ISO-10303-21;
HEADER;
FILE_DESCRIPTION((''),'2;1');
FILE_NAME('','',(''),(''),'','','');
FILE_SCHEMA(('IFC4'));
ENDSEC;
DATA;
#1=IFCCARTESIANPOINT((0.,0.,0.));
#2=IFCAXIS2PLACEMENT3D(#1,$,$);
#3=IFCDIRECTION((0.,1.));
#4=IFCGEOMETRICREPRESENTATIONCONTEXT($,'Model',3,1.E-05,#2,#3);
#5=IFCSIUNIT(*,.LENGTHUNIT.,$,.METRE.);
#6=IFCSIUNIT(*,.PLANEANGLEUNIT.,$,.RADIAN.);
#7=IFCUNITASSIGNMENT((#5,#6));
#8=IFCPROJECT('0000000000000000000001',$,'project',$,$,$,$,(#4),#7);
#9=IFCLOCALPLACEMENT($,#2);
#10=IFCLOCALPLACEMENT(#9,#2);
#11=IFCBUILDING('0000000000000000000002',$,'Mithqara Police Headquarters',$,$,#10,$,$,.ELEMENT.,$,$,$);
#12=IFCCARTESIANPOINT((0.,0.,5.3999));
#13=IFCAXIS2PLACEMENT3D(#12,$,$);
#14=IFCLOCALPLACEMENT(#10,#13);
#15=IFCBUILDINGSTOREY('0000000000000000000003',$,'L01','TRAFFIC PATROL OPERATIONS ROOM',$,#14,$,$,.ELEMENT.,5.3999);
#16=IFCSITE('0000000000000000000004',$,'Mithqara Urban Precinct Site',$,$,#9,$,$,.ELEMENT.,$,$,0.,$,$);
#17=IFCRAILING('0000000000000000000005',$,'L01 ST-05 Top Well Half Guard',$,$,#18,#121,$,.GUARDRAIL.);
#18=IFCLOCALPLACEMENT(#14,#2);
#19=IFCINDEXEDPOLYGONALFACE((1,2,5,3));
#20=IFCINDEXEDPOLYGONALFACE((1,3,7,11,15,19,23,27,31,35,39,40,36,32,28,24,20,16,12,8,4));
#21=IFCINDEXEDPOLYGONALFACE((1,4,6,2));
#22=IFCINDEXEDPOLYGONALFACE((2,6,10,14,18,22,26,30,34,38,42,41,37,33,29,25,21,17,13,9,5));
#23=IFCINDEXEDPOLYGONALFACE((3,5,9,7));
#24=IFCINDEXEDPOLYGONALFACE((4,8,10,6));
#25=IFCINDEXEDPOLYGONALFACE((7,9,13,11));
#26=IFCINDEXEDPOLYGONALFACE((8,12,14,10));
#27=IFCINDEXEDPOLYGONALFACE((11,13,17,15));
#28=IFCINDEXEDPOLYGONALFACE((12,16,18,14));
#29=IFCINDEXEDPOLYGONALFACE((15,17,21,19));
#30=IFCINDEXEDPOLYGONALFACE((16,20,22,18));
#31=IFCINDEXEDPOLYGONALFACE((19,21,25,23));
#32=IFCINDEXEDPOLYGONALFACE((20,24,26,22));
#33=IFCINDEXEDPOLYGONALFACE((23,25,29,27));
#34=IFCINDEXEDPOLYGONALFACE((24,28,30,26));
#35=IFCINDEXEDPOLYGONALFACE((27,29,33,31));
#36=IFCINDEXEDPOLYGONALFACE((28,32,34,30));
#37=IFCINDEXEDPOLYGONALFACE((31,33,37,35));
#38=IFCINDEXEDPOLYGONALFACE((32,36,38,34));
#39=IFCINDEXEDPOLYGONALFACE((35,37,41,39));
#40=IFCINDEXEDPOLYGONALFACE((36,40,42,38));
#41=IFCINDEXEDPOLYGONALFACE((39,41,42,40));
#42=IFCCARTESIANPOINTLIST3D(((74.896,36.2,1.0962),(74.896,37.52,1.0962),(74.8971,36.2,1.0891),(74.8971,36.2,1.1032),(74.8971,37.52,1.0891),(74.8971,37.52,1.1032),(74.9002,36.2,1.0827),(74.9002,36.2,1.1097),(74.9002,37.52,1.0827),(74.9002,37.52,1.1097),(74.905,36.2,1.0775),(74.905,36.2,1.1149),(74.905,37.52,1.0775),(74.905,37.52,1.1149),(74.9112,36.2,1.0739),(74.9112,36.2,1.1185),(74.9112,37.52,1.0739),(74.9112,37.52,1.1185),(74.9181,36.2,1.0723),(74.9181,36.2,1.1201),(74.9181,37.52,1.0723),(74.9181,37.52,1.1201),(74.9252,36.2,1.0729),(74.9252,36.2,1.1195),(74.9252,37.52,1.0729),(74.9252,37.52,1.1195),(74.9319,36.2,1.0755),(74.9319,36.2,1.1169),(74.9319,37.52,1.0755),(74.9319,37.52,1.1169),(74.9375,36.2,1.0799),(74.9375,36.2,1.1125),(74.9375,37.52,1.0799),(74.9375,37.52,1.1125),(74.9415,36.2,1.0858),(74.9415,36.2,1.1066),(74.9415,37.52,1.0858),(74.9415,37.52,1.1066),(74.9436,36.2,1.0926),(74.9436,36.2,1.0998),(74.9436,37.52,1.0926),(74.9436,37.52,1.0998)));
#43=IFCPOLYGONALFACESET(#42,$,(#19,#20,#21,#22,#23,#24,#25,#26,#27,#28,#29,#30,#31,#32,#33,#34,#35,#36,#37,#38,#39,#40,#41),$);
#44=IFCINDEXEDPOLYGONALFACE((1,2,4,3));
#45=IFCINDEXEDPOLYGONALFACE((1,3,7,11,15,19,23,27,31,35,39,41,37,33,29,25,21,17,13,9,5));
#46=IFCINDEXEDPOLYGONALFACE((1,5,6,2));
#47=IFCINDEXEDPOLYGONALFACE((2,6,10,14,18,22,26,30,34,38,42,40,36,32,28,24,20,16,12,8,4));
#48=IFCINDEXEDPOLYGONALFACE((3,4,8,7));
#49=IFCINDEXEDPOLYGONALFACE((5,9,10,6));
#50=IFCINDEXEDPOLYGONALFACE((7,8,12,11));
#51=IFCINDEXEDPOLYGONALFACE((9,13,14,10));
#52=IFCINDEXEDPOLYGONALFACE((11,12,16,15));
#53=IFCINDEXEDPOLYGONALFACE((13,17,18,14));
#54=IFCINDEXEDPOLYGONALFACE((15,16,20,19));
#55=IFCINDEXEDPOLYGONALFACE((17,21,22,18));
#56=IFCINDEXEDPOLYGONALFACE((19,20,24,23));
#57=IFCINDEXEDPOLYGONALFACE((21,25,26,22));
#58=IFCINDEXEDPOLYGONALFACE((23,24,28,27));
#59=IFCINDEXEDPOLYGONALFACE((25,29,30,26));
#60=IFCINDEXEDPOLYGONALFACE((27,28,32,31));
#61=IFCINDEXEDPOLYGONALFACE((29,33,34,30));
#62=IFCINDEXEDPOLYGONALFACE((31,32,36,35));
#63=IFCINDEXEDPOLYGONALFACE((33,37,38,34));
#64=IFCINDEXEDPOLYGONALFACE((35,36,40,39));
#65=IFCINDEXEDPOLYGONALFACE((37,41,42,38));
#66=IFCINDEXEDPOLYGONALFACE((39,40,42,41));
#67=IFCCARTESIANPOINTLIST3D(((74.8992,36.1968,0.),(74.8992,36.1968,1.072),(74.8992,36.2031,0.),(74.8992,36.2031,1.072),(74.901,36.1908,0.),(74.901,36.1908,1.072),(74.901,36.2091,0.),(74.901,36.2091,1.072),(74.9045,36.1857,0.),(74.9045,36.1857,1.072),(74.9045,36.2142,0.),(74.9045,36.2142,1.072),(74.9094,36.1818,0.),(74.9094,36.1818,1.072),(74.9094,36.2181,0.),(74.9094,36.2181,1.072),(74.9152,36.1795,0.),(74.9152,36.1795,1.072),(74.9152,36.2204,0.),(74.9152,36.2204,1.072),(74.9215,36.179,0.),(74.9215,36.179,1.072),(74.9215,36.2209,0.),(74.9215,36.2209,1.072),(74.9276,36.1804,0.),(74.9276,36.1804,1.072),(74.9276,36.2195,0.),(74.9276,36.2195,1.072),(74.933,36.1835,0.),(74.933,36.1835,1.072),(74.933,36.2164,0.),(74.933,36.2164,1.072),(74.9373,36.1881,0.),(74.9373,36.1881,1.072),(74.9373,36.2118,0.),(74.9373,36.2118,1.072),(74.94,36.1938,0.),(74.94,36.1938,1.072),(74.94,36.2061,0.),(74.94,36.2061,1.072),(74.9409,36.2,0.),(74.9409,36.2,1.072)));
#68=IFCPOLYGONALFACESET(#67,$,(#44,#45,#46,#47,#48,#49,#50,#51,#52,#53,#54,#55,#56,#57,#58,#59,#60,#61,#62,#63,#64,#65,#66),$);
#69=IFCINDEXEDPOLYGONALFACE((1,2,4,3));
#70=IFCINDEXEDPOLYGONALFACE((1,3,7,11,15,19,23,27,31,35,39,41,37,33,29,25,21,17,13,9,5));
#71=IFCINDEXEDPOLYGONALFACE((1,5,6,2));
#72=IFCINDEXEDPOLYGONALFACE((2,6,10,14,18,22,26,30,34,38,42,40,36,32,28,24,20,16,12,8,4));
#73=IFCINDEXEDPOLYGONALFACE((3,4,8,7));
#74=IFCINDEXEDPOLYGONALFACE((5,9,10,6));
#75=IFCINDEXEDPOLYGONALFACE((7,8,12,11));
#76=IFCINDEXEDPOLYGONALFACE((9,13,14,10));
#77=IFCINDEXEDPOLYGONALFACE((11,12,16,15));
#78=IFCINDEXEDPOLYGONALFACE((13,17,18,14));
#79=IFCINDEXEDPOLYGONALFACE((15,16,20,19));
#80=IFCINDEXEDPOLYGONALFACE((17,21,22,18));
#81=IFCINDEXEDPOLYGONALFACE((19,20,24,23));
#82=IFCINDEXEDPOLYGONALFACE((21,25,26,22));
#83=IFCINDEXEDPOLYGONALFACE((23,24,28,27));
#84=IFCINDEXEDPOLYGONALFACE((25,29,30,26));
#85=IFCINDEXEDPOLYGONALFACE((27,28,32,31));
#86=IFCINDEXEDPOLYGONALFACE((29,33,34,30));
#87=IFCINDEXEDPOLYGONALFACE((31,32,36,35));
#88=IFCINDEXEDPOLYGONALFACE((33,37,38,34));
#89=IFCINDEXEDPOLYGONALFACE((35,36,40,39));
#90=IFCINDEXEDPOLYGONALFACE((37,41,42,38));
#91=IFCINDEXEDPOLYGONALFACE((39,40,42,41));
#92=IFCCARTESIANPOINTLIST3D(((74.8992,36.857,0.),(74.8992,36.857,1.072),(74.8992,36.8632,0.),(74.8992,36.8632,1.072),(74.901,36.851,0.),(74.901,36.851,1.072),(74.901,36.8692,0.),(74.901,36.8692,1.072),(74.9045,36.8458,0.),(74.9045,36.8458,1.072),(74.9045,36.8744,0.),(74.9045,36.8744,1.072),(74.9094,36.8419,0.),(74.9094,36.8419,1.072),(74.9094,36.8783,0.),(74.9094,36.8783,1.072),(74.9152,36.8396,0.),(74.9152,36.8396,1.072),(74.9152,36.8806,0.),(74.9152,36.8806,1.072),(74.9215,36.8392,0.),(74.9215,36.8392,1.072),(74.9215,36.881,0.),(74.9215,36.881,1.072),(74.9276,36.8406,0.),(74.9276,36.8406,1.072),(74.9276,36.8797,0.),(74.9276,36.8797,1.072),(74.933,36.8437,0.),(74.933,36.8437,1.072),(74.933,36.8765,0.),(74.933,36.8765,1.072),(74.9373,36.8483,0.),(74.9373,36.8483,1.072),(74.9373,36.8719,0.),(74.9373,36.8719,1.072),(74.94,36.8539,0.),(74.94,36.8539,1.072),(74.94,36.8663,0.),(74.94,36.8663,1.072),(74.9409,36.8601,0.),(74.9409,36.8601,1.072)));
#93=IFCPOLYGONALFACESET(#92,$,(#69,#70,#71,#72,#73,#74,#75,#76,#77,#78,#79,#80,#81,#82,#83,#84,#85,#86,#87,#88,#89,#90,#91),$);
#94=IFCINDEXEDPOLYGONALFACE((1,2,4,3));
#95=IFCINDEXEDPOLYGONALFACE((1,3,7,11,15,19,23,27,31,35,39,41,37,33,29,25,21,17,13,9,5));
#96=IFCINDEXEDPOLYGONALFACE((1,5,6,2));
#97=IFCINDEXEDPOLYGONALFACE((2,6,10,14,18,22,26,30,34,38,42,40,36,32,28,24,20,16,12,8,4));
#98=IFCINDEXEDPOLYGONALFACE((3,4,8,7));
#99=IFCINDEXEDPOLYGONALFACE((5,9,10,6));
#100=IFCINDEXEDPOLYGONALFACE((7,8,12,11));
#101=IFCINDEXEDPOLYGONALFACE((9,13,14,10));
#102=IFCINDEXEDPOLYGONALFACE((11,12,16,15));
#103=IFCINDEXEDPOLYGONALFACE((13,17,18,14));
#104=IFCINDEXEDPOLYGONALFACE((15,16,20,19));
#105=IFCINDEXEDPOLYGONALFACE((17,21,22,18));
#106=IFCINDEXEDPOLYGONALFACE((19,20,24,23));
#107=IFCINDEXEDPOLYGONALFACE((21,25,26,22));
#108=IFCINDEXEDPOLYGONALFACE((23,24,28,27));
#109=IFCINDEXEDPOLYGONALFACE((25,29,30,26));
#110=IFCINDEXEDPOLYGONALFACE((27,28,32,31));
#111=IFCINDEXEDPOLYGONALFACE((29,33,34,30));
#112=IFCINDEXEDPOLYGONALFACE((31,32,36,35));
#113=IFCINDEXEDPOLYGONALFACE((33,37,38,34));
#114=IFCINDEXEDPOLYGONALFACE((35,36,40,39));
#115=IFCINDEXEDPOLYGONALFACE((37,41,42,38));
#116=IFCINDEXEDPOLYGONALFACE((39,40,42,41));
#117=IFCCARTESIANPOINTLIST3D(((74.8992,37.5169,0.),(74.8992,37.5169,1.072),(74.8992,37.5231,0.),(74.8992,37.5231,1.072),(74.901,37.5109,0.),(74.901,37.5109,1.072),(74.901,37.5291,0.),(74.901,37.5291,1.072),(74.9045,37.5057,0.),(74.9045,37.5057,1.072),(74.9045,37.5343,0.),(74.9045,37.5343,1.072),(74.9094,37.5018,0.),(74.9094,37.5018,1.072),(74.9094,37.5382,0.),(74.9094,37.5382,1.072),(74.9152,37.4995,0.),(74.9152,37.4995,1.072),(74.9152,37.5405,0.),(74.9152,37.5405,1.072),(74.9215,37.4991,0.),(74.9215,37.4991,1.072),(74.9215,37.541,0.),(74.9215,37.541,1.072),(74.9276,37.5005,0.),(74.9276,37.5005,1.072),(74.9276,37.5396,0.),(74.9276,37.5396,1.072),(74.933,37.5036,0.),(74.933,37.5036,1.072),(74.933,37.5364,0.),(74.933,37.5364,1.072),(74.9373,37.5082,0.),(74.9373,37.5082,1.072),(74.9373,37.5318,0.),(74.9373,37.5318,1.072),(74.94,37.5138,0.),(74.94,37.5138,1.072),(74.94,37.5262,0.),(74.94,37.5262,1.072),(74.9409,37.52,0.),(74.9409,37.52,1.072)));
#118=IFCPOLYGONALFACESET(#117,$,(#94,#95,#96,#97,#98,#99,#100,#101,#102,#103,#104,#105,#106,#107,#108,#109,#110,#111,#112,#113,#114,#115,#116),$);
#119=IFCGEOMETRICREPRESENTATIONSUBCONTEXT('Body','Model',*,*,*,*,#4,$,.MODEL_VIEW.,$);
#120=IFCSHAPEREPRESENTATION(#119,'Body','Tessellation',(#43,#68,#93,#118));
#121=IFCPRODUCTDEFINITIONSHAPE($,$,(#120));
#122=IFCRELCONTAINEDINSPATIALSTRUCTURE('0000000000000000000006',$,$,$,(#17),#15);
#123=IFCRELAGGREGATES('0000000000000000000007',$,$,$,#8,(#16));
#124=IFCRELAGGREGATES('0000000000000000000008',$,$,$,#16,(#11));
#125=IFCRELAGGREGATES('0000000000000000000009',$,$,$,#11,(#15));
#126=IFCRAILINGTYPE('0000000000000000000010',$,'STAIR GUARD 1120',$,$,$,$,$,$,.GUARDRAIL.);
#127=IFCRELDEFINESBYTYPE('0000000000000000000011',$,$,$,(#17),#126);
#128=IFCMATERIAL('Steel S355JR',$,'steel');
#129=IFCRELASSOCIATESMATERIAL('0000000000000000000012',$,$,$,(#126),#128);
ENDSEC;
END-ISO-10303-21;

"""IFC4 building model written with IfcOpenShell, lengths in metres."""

from ifc_helpers import new_model, si_unit, direction, frame, origin, origin_2d, place, context, subcontext, project, spatial, circle, extrude, material, type_object, element, save


model = new_model("IFC4")

# Units and contexts
model_context = context("Model", 3, precision=1e-05, world=origin(), true_north=direction((0.0, 1.0)))
body_context = subcontext(model_context, "Body", "Model", "MODEL_VIEW")
ifc_project = project(units=[si_unit("LENGTHUNIT", "METRE"), si_unit("PLANEANGLEUNIT", "RADIAN")], contexts=[model_context])

# Site, building, storey
site_placement = place(None, origin())
site = spatial("IfcSite", under=ifc_project, at=site_placement, Name="Mithqara Urban Precinct Site", CompositionType="ELEMENT", RefElevation=0.0)
building_placement = place(site_placement, origin())
building = spatial("IfcBuilding", under=site, at=building_placement, Name="Mithqara Police Headquarters", CompositionType="ELEMENT")
storey_placement = place(building_placement, frame((0.0, 0.0, 5.3999)))
storey = spatial("IfcBuildingStorey", under=building, at=storey_placement, Name="L01", Description="TRAFFIC PATROL OPERATIONS ROOM", CompositionType="ELEMENT", Elevation=5.3999)

# Shared definitions
ifc_material_1 = material(Name="Steel S355JR", Category="steel")

# Railing
railing_type_1 = type_object("IfcRailingType", Name="STAIR GUARD 1120", PredefinedType="GUARDRAIL", material=ifc_material_1)
railing_1_placement = place(storey_placement, frame((74.9199, 36.2, 0.0)))
element("IfcRailing", 1, at=railing_1_placement, inside=storey, type_object=railing_type_1, Name="L01 ST-05 Top Well Half Guard", PredefinedType="GUARDRAIL", context=body_context, shape_type="SweptSolid", body=[
    extrude(circle(Radius=0.0239, at=origin_2d()), frame((0.0, 0.0, 1.0962), z_axis=(0.0, 1.0, 0.0), x_axis=(-1.0, 0.0, 0.0)), (0.0, 0.0, 1.0), 1.3201),
    extrude(circle(Radius=0.021, at=origin_2d()), origin(), (0.0, 0.0, 1.0), 1.072),
    extrude(circle(Radius=0.021, at=origin_2d()), frame((0.0, 0.6602, 0.0)), (0.0, 0.0, 1.0), 1.072),
    extrude(circle(Radius=0.021, at=origin_2d()), frame((0.0, 1.3201, 0.0)), (0.0, 0.0, 1.0), 1.072),
])

save(model, "model.ifc")
